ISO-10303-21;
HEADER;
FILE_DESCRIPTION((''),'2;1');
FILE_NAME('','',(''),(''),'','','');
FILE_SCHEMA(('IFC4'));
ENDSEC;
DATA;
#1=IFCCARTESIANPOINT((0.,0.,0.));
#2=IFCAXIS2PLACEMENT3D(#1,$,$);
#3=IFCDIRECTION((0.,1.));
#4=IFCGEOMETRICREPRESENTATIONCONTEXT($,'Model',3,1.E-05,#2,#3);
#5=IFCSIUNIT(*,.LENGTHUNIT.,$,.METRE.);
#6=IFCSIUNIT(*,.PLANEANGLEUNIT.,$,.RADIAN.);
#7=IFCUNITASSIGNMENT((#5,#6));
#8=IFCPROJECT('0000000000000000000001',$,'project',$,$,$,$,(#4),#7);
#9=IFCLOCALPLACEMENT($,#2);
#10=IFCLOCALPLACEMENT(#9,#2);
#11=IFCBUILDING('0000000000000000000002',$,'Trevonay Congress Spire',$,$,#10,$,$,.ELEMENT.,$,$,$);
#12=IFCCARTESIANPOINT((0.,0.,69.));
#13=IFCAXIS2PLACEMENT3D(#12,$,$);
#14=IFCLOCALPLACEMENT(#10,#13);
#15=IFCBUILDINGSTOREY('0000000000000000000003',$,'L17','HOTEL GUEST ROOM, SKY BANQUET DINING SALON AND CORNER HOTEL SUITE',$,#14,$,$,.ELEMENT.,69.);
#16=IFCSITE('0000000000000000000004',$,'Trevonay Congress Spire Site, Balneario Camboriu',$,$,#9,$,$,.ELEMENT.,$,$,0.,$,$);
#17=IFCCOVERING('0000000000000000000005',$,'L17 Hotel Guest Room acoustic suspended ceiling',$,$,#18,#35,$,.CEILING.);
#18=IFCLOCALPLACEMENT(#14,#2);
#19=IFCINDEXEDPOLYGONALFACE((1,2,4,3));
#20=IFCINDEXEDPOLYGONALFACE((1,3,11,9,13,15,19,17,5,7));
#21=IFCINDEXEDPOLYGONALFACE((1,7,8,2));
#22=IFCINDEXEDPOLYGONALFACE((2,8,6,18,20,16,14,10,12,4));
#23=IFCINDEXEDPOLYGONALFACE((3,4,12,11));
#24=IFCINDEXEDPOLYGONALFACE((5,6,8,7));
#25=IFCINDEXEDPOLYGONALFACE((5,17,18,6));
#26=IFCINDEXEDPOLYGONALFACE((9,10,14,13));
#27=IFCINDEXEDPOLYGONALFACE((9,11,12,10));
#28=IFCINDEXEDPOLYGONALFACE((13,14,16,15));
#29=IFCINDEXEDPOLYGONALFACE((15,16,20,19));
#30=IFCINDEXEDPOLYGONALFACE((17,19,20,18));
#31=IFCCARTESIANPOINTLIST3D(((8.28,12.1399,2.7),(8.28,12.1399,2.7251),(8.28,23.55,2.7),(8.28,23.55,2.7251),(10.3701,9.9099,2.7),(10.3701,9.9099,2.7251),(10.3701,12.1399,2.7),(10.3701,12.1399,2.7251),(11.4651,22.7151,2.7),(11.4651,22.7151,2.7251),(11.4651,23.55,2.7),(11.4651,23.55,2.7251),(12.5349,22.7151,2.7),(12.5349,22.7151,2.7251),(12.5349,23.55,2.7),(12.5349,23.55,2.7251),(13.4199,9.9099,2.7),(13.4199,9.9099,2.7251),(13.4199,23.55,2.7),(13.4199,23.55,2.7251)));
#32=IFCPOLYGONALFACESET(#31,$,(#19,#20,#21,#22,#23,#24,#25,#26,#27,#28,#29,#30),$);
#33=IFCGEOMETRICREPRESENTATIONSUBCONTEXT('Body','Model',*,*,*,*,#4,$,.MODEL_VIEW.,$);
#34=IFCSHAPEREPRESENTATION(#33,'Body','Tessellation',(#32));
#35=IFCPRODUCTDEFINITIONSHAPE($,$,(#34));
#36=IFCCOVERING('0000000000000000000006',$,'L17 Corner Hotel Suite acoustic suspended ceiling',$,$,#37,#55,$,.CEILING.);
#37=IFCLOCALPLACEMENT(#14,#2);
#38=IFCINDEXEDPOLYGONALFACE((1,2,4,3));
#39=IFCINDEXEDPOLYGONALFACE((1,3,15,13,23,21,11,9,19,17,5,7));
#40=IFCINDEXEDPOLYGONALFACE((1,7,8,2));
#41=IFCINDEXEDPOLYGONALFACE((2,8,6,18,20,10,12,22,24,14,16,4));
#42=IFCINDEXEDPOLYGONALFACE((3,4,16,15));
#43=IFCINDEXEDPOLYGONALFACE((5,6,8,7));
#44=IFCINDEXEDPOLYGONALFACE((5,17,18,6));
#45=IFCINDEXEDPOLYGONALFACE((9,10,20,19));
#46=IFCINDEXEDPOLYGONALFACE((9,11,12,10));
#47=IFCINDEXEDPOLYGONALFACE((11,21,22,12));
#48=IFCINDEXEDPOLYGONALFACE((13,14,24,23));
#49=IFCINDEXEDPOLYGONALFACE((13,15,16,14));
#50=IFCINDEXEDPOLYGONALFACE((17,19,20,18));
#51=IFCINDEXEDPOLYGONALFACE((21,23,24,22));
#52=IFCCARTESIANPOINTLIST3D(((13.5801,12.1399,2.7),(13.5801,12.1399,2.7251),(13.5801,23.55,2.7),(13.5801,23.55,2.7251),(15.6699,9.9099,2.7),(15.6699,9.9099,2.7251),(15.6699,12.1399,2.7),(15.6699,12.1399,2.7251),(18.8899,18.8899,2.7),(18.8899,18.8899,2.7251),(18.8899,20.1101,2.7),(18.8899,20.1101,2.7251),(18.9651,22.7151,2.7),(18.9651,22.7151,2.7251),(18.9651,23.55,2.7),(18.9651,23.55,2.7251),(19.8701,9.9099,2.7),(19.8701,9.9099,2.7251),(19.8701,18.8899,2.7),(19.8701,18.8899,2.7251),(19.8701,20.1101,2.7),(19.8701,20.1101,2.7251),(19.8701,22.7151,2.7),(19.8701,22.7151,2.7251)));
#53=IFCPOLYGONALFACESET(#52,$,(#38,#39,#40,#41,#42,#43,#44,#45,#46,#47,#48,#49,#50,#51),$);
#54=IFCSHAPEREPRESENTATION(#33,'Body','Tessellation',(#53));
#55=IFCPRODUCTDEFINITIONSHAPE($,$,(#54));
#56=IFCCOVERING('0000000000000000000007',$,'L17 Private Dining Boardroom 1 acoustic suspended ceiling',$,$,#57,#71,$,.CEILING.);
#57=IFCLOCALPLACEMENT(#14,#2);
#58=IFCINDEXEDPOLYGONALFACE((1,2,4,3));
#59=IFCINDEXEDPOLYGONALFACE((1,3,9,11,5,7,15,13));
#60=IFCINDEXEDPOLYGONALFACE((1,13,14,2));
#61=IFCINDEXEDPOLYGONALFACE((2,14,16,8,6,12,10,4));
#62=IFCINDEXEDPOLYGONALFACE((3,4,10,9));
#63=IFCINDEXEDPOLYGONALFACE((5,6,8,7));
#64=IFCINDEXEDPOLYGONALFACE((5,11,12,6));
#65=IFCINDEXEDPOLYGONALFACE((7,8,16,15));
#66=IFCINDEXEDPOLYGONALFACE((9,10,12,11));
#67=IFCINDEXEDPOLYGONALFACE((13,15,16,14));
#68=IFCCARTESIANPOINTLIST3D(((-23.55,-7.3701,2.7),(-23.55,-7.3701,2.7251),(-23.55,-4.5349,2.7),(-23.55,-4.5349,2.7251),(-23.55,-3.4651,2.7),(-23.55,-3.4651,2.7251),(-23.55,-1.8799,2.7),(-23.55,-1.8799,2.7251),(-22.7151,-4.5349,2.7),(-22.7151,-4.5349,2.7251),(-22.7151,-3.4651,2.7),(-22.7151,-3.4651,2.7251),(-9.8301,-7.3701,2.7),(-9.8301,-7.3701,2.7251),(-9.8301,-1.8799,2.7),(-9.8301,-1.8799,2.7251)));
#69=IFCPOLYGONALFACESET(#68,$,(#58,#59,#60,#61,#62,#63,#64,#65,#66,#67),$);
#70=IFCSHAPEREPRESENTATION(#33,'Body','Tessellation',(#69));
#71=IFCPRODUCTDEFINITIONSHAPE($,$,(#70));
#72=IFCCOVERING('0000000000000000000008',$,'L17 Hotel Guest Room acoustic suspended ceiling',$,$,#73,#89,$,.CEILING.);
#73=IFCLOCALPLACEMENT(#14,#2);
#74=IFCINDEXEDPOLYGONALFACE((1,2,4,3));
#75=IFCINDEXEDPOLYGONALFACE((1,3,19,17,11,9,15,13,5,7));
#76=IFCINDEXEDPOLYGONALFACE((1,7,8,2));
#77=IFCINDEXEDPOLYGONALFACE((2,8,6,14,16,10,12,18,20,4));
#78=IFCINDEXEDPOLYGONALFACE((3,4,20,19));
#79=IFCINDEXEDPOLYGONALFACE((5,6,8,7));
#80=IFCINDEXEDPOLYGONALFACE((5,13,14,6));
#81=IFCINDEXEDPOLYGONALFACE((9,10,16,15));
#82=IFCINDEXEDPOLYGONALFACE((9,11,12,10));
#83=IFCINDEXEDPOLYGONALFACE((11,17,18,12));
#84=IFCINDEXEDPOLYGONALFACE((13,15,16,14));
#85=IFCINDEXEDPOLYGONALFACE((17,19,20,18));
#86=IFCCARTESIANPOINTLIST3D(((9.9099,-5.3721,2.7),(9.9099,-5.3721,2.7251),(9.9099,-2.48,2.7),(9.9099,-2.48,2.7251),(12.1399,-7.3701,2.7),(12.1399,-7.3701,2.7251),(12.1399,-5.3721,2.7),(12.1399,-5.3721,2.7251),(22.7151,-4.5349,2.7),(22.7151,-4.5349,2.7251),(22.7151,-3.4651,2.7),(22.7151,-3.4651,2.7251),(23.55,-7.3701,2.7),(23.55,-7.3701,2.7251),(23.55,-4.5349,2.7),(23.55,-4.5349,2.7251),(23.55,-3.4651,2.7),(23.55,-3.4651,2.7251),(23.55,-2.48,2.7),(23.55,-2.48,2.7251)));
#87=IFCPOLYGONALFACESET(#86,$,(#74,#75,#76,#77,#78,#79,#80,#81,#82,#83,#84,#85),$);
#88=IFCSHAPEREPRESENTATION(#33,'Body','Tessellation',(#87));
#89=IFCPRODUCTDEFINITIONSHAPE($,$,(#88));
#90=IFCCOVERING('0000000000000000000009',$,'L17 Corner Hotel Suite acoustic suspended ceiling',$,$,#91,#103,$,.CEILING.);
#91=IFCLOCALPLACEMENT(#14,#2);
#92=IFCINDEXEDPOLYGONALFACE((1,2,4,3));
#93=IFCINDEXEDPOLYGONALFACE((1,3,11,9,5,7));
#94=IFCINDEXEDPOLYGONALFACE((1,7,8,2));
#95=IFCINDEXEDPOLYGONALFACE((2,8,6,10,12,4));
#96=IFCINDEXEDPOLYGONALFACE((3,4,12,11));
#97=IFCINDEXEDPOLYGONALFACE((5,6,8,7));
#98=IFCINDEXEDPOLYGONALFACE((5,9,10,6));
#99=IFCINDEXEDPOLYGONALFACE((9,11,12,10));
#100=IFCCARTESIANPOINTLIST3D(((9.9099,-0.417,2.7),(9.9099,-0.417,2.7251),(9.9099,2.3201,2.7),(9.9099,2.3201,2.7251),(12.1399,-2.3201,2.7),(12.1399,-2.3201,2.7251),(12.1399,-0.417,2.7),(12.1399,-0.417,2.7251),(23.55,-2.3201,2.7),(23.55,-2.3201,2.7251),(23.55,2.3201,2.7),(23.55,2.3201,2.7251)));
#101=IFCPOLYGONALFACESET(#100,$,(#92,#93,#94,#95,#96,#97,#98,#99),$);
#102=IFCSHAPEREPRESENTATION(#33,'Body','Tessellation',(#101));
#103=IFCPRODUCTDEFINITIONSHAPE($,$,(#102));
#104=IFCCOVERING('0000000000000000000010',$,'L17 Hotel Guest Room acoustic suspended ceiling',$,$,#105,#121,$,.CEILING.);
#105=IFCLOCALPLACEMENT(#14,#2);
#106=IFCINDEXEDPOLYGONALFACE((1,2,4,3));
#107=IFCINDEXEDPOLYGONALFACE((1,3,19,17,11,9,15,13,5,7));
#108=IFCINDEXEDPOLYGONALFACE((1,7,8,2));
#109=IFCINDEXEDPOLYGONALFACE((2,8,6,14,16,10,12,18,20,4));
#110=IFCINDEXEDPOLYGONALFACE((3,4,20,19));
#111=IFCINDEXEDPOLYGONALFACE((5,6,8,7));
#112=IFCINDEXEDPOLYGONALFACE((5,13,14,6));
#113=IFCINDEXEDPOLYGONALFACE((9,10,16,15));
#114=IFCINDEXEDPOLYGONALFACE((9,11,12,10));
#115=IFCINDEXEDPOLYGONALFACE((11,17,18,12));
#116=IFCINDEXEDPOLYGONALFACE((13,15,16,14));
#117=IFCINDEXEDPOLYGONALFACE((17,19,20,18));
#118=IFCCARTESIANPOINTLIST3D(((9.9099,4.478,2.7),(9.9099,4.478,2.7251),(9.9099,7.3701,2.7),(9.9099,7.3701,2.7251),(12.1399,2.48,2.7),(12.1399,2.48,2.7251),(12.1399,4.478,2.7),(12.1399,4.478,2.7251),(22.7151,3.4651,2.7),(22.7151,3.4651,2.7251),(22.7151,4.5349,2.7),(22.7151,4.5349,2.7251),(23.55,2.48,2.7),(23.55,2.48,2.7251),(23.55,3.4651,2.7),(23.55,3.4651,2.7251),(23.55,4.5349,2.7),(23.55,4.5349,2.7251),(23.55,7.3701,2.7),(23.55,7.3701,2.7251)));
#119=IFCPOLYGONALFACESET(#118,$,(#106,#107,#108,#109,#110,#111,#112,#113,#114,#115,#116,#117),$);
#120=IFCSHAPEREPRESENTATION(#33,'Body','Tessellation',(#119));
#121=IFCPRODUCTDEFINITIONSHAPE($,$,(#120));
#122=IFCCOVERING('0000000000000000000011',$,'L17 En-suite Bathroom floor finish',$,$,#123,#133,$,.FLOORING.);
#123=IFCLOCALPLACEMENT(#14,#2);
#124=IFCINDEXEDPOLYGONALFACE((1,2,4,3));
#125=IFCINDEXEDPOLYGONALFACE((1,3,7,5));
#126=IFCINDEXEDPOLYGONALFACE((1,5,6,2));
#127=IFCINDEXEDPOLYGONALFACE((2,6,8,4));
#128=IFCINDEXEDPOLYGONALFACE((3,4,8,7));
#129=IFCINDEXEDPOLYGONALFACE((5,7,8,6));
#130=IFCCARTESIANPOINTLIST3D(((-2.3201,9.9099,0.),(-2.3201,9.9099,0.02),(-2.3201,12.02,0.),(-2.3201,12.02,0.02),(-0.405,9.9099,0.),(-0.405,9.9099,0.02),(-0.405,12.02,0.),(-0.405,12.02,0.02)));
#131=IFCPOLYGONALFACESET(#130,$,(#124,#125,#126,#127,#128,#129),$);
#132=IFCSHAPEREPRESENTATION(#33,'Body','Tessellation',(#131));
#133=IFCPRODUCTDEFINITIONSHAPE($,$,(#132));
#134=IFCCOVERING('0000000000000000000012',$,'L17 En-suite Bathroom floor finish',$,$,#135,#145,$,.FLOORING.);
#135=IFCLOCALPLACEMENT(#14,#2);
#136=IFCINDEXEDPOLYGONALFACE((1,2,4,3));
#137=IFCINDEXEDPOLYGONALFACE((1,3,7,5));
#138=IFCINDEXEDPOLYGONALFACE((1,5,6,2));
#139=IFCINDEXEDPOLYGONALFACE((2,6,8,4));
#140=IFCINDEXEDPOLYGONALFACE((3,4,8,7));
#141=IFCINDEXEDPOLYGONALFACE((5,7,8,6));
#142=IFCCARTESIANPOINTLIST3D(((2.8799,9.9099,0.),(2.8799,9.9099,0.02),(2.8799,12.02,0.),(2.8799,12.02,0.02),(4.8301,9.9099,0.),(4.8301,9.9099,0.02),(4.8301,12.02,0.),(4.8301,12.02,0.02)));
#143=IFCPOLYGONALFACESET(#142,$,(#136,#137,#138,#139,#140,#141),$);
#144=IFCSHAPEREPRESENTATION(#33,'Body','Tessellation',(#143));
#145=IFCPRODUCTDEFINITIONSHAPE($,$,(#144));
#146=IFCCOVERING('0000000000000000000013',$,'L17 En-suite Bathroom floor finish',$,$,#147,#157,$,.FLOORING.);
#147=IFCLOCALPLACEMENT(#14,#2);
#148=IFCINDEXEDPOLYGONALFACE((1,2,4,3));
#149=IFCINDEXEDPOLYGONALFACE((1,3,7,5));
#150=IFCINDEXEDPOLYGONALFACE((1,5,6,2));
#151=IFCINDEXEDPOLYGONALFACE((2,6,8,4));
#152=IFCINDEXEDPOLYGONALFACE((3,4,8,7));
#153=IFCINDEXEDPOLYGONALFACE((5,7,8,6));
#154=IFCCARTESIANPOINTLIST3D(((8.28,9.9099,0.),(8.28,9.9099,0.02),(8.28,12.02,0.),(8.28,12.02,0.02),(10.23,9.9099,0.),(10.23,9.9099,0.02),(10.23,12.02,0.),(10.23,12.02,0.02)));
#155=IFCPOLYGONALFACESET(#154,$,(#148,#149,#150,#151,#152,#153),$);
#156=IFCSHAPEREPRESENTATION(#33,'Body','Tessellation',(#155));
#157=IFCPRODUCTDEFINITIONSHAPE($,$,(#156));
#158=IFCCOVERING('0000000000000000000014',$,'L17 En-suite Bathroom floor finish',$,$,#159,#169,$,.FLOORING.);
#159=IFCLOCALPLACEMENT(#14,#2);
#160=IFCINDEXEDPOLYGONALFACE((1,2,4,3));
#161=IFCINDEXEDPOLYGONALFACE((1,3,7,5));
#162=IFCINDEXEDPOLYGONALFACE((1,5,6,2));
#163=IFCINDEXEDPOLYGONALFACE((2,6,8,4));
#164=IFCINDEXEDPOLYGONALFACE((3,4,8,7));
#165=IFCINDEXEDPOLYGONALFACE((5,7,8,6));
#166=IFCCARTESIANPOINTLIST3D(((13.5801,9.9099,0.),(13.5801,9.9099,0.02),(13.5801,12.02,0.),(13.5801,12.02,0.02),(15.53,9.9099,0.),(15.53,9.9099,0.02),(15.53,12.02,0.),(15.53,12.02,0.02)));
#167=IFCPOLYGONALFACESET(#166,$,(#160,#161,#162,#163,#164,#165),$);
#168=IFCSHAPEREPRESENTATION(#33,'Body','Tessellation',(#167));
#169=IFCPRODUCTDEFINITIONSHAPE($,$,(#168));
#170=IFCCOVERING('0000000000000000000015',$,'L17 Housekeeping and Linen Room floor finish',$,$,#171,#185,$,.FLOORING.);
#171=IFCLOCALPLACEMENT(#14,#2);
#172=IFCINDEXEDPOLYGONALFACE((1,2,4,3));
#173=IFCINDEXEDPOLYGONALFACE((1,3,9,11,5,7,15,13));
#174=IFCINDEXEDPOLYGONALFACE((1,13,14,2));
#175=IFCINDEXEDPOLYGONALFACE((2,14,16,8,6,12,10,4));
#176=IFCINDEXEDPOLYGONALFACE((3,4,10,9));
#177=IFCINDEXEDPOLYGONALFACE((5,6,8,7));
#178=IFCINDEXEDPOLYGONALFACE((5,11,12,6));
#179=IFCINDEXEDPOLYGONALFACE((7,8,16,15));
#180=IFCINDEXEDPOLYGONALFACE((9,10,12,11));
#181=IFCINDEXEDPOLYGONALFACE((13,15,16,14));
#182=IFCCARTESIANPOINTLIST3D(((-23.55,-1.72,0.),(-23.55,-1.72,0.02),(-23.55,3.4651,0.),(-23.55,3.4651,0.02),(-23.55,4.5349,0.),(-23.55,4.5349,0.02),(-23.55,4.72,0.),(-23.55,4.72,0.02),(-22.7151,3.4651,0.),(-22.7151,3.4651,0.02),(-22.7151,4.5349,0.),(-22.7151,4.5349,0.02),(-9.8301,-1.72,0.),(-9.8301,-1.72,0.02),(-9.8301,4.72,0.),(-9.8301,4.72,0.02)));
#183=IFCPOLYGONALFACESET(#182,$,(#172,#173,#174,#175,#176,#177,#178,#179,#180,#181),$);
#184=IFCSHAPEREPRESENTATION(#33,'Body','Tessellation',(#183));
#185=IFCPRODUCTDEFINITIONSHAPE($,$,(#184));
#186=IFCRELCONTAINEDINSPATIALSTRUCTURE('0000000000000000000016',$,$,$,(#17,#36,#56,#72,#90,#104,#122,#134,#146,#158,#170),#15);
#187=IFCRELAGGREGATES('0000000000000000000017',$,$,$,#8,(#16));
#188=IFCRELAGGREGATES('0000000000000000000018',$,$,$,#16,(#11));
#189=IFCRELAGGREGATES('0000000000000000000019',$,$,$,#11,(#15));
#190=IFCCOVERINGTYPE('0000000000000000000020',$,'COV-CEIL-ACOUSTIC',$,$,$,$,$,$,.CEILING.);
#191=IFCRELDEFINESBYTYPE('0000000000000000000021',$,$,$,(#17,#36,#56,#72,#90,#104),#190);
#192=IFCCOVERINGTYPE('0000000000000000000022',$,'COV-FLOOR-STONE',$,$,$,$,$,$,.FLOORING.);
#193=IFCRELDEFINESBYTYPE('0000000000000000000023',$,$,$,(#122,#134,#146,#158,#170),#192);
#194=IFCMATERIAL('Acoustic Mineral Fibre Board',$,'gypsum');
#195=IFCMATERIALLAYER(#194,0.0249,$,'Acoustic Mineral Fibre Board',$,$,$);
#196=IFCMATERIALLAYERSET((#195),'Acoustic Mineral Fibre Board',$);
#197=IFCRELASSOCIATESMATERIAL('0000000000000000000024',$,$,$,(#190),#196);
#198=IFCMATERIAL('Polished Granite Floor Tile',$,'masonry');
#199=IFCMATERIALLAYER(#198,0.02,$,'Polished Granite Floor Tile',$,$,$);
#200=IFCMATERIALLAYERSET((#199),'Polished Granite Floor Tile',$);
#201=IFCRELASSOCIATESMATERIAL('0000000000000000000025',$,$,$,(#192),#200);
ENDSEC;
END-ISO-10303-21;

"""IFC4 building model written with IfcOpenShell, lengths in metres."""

from ifc_helpers import new_model, si_unit, direction, frame, origin, place, context, subcontext, project, spatial, polyline, outline, extrude, material, layer, layer_set, type_object, element, save


model = new_model("IFC4")

# Units and contexts
model_context = context("Model", 3, precision=1e-05, world=origin(), true_north=direction((0.0, 1.0)))
body_context = subcontext(model_context, "Body", "Model", "MODEL_VIEW")
ifc_project = project(units=[si_unit("LENGTHUNIT", "METRE"), si_unit("PLANEANGLEUNIT", "RADIAN")], contexts=[model_context])

# Site, building, storey
site_placement = place(None, origin())
site = spatial("IfcSite", under=ifc_project, at=site_placement, Name="Trevonay Congress Spire Site, Balneario Camboriu", CompositionType="ELEMENT", RefElevation=0.0)
building_placement = place(site_placement, origin())
building = spatial("IfcBuilding", under=site, at=building_placement, Name="Trevonay Congress Spire", CompositionType="ELEMENT")
storey_placement = place(building_placement, frame((0.0, 0.0, 69.0)))
storey = spatial("IfcBuildingStorey", under=building, at=storey_placement, Name="L17", Description="HOTEL GUEST ROOM, SKY BANQUET DINING SALON AND CORNER HOTEL SUITE", CompositionType="ELEMENT", Elevation=69.0)

# Coverings
ifc_material_1 = material(Name="Acoustic Mineral Fibre Board", Category="gypsum")
ifc_layer_1 = layer(ifc_material_1, 0.0249, Name="Acoustic Mineral Fibre Board")
ifc_layer_set_1 = layer_set([ifc_layer_1], Name="Acoustic Mineral Fibre Board")
covering_type_1 = type_object("IfcCoveringType", Name="COV-CEIL-ACOUSTIC", PredefinedType="CEILING", material=ifc_layer_set_1)
covering_1_placement = place(storey_placement, frame((0.0, 0.0, 2.7)))
element("IfcCovering", 1, at=covering_1_placement, inside=storey, type_object=covering_type_1, Name="L17 Hotel Guest Room acoustic suspended ceiling", PredefinedType="CEILING", context=body_context, shape_type="SweptSolid", body=[
    extrude(outline(polyline([(13.4199, 23.55), (13.4199, 9.9099), (10.3701, 9.9099), (10.3701, 12.1399), (8.28, 12.1399), (8.28, 23.55), (11.4651, 23.55), (11.4651, 22.7151), (12.5349, 22.7151), (12.5349, 23.55), (13.4199, 23.55)])), origin(), (0.0, 0.0, 1.0), 0.0251),
])
covering_2_placement = place(storey_placement, frame((0.0, 0.0, 2.7)))
element("IfcCovering", 2, at=covering_2_placement, inside=storey, type_object=covering_type_1, Name="L17 Corner Hotel Suite acoustic suspended ceiling", PredefinedType="CEILING", context=body_context, shape_type="SweptSolid", body=[
    extrude(outline(polyline([(19.8701, 9.9099), (15.6699, 9.9099), (15.6699, 12.1399), (13.5801, 12.1399), (13.5801, 23.55), (18.9651, 23.55), (18.9651, 22.7151), (19.8701, 22.7151), (19.8701, 20.1101), (18.8899, 20.1101), (18.8899, 18.8899), (19.8701, 18.8899), (19.8701, 9.9099)])), origin(), (0.0, 0.0, 1.0), 0.0251),
])
covering_3_placement = place(storey_placement, frame((0.0, 0.0, 2.7)))
element("IfcCovering", 3, at=covering_3_placement, inside=storey, type_object=covering_type_1, Name="L17 Private Dining Boardroom 1 acoustic suspended ceiling", PredefinedType="CEILING", context=body_context, shape_type="SweptSolid", body=[
    extrude(outline(polyline([(-23.55, -1.8799), (-9.8301, -1.8799), (-9.8301, -7.3701), (-23.55, -7.3701), (-23.55, -4.5349), (-22.7151, -4.5349), (-22.7151, -3.4651), (-23.55, -3.4651), (-23.55, -1.8799)])), origin(), (0.0, 0.0, 1.0), 0.0251),
])
covering_4_placement = place(storey_placement, frame((0.0, 0.0, 2.7)))
element("IfcCovering", 4, at=covering_4_placement, inside=storey, type_object=covering_type_1, Name="L17 Hotel Guest Room acoustic suspended ceiling", PredefinedType="CEILING", context=body_context, shape_type="SweptSolid", body=[
    extrude(outline(polyline([(9.9099, -2.48), (23.55, -2.48), (23.55, -3.4651), (22.7151, -3.4651), (22.7151, -4.5349), (23.55, -4.5349), (23.55, -7.3701), (12.1399, -7.3701), (12.1399, -5.3721), (9.9099, -5.3721), (9.9099, -2.48)])), origin(), (0.0, 0.0, 1.0), 0.0251),
])
covering_5_placement = place(storey_placement, frame((0.0, 0.0, 2.7)))
element("IfcCovering", 5, at=covering_5_placement, inside=storey, type_object=covering_type_1, Name="L17 Corner Hotel Suite acoustic suspended ceiling", PredefinedType="CEILING", context=body_context, shape_type="SweptSolid", body=[
    extrude(outline(polyline([(9.9099, -0.417), (9.9099, 2.3201), (23.55, 2.3201), (23.55, -2.3201), (12.1399, -2.3201), (12.1399, -0.417), (9.9099, -0.417)])), origin(), (0.0, 0.0, 1.0), 0.0251),
])
covering_6_placement = place(storey_placement, frame((0.0, 0.0, 2.7)))
element("IfcCovering", 6, at=covering_6_placement, inside=storey, type_object=covering_type_1, Name="L17 Hotel Guest Room acoustic suspended ceiling", PredefinedType="CEILING", context=body_context, shape_type="SweptSolid", body=[
    extrude(outline(polyline([(9.9099, 7.3701), (23.55, 7.3701), (23.55, 4.5349), (22.7151, 4.5349), (22.7151, 3.4651), (23.55, 3.4651), (23.55, 2.48), (12.1399, 2.48), (12.1399, 4.478), (9.9099, 4.478), (9.9099, 7.3701)])), origin(), (0.0, 0.0, 1.0), 0.0251),
])
ifc_material_2 = material(Name="Polished Granite Floor Tile", Category="masonry")
ifc_layer_2 = layer(ifc_material_2, 0.02, Name="Polished Granite Floor Tile")
ifc_layer_set_2 = layer_set([ifc_layer_2], Name="Polished Granite Floor Tile")
covering_type_2 = type_object("IfcCoveringType", Name="COV-FLOOR-STONE", PredefinedType="FLOORING", material=ifc_layer_set_2)
covering_7_placement = place(storey_placement, origin())
element("IfcCovering", 7, at=covering_7_placement, inside=storey, type_object=covering_type_2, Name="L17 En-suite Bathroom floor finish", PredefinedType="FLOORING", context=body_context, shape_type="SweptSolid", body=[
    extrude(outline(polyline([(-2.3201, 9.9099), (-0.405, 9.9099), (-0.405, 12.02), (-2.3201, 12.02), (-2.3201, 9.9099)])), origin(), (0.0, 0.0, 1.0), 0.02),
])
covering_8_placement = place(storey_placement, origin())
element("IfcCovering", 8, at=covering_8_placement, inside=storey, type_object=covering_type_2, Name="L17 En-suite Bathroom floor finish", PredefinedType="FLOORING", context=body_context, shape_type="SweptSolid", body=[
    extrude(outline(polyline([(2.8799, 9.9099), (4.8301, 9.9099), (4.8301, 12.02), (2.8799, 12.02), (2.8799, 9.9099)])), origin(), (0.0, 0.0, 1.0), 0.02),
])
covering_9_placement = place(storey_placement, origin())
element("IfcCovering", 9, at=covering_9_placement, inside=storey, type_object=covering_type_2, Name="L17 En-suite Bathroom floor finish", PredefinedType="FLOORING", context=body_context, shape_type="SweptSolid", body=[
    extrude(outline(polyline([(8.28, 9.9099), (10.23, 9.9099), (10.23, 12.02), (8.28, 12.02), (8.28, 9.9099)])), origin(), (0.0, 0.0, 1.0), 0.02),
])
covering_10_placement = place(storey_placement, origin())
element("IfcCovering", 10, at=covering_10_placement, inside=storey, type_object=covering_type_2, Name="L17 En-suite Bathroom floor finish", PredefinedType="FLOORING", context=body_context, shape_type="SweptSolid", body=[
    extrude(outline(polyline([(13.5801, 9.9099), (15.53, 9.9099), (15.53, 12.02), (13.5801, 12.02), (13.5801, 9.9099)])), origin(), (0.0, 0.0, 1.0), 0.02),
])
covering_11_placement = place(storey_placement, origin())
element("IfcCovering", 11, at=covering_11_placement, inside=storey, type_object=covering_type_2, Name="L17 Housekeeping and Linen Room floor finish", PredefinedType="FLOORING", context=body_context, shape_type="SweptSolid", body=[
    extrude(outline(polyline([(-23.55, 4.72), (-9.8301, 4.72), (-9.8301, -1.72), (-23.55, -1.72), (-23.55, 3.4651), (-22.7151, 3.4651), (-22.7151, 4.5349), (-23.55, 4.5349), (-23.55, 4.72)])), origin(), (0.0, 0.0, 1.0), 0.02),
])

save(model, "model.ifc")
